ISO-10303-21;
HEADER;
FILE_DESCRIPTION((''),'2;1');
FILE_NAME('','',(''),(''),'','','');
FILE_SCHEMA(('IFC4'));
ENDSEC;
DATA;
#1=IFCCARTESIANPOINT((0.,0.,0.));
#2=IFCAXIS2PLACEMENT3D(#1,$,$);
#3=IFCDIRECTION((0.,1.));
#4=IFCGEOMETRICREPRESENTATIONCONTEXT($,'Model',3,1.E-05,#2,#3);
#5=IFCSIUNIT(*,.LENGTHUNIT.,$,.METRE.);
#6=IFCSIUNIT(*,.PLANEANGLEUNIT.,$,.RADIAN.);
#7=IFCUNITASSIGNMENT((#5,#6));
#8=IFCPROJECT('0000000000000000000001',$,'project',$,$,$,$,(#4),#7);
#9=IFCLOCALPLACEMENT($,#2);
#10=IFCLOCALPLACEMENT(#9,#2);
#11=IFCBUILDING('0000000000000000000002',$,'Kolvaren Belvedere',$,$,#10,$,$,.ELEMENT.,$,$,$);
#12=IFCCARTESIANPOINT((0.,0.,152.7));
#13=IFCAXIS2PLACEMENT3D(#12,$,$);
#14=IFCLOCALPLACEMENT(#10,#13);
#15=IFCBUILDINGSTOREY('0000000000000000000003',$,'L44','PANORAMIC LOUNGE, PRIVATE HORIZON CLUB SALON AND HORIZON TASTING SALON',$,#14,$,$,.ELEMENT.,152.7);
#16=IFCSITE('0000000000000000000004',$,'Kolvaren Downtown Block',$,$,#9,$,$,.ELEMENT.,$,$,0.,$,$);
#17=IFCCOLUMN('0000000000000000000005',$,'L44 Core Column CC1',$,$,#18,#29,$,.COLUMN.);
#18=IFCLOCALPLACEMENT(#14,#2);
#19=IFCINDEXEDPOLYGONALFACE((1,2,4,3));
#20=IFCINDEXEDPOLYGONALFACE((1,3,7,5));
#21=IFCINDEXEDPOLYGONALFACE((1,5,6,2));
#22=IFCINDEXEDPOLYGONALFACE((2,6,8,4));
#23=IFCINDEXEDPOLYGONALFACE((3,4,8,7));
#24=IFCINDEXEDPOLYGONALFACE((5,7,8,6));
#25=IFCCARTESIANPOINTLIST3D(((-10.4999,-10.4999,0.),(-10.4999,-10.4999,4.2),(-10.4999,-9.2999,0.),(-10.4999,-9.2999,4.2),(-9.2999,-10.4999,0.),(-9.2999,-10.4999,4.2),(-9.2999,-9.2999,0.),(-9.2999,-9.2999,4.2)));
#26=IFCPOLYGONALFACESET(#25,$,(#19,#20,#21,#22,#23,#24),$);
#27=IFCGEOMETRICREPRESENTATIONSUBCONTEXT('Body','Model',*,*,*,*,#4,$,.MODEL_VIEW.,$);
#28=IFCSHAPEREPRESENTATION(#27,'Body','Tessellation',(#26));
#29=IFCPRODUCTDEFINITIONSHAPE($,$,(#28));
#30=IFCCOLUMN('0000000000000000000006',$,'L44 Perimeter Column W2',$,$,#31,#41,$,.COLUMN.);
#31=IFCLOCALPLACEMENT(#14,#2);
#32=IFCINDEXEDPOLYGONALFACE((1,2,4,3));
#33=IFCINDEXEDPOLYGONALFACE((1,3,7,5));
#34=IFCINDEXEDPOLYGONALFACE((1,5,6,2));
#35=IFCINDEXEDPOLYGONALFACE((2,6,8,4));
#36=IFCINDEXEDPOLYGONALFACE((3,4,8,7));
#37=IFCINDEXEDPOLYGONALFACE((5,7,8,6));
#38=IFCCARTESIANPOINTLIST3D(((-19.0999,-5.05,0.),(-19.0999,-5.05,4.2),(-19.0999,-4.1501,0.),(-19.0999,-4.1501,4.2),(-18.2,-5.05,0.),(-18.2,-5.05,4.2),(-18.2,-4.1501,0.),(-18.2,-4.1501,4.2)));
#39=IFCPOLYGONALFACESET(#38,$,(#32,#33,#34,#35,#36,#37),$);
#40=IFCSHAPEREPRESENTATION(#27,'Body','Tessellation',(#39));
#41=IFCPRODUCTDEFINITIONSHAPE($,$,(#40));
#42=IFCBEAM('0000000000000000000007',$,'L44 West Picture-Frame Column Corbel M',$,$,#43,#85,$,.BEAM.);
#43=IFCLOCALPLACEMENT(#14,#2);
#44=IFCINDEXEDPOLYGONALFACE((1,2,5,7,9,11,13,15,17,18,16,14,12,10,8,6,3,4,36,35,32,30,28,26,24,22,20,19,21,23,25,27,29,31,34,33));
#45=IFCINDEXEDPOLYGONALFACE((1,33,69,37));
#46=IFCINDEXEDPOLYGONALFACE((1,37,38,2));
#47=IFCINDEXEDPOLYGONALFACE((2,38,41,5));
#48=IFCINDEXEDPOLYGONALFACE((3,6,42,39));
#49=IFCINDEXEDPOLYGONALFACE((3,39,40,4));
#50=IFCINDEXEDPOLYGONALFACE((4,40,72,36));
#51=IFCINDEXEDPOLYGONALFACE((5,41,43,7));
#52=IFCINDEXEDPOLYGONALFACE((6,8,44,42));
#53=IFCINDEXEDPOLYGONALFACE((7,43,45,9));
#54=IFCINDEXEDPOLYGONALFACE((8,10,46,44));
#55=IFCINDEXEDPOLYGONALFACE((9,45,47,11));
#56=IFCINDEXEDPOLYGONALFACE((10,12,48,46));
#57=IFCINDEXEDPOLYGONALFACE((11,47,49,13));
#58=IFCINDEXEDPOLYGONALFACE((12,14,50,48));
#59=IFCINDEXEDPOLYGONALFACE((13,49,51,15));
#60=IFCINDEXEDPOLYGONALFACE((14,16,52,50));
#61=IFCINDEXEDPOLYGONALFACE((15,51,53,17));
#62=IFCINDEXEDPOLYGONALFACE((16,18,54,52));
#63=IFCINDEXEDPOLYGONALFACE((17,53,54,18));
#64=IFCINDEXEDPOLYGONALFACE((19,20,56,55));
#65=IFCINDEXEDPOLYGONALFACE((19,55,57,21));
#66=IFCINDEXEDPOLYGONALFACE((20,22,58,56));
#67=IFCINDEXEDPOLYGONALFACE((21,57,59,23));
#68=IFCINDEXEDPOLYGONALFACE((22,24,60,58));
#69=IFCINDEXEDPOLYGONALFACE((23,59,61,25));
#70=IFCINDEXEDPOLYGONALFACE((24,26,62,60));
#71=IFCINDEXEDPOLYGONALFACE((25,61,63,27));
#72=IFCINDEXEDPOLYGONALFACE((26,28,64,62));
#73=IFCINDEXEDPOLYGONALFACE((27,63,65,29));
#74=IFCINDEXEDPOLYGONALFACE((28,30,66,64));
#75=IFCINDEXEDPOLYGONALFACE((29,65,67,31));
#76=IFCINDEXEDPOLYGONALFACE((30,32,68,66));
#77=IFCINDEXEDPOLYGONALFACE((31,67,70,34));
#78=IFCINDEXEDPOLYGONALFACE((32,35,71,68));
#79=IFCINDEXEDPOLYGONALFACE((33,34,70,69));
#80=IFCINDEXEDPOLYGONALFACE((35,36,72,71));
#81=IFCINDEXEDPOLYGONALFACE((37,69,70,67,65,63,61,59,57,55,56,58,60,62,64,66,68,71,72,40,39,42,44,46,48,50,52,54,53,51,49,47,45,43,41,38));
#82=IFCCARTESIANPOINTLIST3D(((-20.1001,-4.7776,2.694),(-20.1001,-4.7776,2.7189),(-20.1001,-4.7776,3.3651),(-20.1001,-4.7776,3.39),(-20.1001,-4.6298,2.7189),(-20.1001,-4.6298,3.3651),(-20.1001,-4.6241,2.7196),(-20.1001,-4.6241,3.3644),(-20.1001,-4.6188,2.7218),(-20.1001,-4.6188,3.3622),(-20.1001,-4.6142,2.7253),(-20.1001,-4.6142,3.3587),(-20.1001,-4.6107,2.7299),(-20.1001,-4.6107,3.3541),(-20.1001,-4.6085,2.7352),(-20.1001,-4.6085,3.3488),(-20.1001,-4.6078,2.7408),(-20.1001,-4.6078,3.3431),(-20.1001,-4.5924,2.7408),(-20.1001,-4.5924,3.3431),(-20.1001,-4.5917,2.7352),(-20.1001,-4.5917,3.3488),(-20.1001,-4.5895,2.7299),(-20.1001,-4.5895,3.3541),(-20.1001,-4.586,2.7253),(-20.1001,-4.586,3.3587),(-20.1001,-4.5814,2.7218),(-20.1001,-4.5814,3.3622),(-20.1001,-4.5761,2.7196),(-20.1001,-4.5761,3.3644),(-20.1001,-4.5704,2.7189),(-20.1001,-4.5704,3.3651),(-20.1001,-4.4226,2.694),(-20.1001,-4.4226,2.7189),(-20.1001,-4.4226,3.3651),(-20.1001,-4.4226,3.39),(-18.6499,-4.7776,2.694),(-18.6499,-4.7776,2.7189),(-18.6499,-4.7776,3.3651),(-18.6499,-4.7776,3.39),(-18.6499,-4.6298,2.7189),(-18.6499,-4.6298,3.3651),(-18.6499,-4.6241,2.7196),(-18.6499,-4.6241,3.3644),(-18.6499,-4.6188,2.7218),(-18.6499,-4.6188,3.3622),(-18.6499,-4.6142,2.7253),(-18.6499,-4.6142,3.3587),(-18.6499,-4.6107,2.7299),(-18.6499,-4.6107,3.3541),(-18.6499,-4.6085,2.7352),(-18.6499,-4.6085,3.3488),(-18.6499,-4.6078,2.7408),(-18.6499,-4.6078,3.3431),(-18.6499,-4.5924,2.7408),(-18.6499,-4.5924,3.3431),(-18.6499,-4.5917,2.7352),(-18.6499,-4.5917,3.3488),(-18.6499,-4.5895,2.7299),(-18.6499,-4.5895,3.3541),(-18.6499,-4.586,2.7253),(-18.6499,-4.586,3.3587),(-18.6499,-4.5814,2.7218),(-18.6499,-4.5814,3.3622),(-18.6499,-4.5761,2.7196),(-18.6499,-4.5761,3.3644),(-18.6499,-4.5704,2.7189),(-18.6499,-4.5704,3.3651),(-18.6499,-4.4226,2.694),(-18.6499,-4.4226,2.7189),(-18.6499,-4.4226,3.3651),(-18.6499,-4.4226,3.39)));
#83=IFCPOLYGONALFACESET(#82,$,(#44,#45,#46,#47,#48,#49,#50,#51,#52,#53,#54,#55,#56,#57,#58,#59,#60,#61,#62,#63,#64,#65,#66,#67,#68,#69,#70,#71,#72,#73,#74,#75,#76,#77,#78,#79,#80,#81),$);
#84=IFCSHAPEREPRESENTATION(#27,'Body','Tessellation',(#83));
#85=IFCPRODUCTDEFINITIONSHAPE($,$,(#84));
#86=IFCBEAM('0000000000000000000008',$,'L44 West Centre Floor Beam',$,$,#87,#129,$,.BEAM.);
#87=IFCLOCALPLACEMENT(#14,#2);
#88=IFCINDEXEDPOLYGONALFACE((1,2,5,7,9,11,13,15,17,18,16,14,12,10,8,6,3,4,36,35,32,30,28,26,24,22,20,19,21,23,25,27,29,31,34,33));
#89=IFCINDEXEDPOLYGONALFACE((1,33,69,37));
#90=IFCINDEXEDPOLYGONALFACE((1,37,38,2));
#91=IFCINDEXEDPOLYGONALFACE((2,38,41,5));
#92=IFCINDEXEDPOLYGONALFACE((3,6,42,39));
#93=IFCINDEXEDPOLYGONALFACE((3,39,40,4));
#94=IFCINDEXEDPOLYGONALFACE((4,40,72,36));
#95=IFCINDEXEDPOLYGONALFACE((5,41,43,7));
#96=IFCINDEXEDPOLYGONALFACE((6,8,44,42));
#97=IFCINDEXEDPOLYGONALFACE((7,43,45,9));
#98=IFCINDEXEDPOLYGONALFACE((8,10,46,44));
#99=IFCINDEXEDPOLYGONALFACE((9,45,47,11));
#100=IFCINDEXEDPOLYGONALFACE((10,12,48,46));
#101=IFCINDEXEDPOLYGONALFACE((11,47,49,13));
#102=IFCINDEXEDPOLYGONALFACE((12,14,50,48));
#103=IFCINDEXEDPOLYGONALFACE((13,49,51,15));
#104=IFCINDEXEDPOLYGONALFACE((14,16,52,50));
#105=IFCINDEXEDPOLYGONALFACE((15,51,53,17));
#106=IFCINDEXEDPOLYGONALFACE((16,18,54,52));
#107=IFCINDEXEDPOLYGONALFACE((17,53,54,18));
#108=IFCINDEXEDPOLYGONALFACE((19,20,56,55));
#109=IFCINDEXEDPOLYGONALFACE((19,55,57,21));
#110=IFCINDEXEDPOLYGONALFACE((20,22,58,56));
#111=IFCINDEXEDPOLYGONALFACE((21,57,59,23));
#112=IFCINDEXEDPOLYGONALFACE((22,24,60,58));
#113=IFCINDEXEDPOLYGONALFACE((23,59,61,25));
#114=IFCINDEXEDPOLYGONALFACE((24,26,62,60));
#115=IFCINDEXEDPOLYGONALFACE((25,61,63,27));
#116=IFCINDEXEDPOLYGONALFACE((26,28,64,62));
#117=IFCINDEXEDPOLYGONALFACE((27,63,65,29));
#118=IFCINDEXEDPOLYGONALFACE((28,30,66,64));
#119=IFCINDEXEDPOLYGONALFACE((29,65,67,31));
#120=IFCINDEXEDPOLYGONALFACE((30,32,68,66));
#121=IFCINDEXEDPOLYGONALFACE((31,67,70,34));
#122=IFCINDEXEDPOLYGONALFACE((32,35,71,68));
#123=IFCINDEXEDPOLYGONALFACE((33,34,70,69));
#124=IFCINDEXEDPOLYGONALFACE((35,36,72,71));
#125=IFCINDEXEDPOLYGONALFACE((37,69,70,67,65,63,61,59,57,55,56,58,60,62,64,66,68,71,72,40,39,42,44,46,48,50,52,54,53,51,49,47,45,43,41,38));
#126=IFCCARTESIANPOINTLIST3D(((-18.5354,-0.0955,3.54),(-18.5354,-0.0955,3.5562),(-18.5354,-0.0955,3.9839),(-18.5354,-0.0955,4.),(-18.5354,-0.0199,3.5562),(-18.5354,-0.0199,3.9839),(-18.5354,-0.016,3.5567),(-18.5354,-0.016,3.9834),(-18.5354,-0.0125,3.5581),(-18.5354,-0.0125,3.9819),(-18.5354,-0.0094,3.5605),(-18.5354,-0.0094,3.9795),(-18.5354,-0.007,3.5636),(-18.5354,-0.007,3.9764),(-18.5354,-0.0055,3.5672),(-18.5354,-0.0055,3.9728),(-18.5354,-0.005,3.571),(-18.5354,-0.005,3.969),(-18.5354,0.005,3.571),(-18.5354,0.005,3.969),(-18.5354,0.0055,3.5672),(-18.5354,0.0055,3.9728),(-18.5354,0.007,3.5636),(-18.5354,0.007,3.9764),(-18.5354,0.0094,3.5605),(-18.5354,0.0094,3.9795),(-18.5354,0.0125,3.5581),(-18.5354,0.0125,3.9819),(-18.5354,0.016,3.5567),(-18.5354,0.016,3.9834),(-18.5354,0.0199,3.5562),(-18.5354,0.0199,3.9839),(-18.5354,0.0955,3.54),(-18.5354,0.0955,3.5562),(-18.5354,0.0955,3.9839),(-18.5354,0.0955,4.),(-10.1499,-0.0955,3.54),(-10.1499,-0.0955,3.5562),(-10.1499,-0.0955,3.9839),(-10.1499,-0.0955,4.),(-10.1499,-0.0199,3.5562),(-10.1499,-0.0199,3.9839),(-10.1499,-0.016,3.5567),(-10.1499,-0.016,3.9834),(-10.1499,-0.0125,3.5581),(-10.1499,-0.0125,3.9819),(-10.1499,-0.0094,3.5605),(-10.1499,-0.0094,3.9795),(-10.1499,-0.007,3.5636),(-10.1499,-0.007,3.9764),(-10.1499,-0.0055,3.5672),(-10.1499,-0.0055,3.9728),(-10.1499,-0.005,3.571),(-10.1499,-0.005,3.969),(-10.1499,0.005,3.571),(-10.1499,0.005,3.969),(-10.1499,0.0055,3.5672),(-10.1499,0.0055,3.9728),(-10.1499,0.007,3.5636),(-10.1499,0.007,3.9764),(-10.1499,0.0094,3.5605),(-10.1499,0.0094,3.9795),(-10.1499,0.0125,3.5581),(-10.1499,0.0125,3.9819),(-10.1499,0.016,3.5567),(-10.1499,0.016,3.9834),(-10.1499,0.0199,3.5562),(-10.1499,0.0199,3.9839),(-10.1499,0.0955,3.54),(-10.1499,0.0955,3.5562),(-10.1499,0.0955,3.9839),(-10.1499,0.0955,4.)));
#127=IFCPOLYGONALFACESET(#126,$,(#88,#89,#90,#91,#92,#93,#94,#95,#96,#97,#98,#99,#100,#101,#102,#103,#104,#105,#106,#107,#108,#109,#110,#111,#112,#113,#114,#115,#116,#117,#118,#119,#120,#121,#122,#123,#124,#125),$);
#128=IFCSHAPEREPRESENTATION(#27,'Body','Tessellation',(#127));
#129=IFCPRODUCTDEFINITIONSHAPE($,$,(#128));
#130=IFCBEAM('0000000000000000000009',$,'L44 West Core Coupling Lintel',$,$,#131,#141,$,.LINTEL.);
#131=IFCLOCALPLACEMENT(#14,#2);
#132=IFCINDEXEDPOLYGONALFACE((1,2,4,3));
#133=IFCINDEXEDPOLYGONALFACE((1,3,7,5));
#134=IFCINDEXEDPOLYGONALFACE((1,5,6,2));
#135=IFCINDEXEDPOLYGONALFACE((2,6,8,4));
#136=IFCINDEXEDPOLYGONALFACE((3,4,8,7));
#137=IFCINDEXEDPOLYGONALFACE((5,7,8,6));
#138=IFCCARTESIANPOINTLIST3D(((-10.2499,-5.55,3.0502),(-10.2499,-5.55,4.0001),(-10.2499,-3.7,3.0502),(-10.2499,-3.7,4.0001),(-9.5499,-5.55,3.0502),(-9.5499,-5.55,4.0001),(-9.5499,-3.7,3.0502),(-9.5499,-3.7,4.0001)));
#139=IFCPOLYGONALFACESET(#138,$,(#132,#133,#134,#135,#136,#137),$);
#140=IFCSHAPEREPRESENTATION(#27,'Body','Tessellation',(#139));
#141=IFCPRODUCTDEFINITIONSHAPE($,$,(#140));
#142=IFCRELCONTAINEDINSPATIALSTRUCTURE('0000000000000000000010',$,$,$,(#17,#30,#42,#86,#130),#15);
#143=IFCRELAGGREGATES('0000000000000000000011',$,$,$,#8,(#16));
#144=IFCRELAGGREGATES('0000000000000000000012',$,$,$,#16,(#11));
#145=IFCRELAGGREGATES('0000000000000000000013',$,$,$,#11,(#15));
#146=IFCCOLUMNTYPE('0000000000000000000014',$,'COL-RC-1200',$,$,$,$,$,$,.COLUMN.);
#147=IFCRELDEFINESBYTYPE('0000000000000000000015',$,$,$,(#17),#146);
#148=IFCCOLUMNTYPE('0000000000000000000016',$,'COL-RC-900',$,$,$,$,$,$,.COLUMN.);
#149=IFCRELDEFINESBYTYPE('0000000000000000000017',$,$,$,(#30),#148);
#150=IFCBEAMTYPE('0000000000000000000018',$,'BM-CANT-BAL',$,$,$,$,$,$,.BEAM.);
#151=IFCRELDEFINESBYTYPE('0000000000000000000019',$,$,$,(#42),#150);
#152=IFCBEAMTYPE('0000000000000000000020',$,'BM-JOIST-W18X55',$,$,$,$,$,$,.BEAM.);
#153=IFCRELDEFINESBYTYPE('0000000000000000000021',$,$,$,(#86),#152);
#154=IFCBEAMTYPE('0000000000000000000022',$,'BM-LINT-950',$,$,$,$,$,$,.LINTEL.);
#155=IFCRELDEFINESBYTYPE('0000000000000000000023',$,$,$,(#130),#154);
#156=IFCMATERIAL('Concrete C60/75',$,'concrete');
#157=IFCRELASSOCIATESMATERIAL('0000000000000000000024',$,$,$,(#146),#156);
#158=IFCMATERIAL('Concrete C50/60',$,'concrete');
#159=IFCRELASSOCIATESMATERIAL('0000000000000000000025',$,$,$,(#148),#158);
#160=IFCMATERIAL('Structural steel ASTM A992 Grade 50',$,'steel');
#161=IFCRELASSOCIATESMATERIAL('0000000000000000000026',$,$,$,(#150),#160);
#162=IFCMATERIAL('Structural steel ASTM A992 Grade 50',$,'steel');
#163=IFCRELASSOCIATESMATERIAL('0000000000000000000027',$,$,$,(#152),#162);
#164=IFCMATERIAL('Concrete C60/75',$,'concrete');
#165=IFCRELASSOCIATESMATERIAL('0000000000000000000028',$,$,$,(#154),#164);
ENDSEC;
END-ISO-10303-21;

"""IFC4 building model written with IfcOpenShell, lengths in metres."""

from ifc_helpers import new_model, si_unit, direction, frame, origin, origin_2d, place, context, subcontext, project, spatial, rectangle, i_section, extrude, material, material_profile, profile_set, type_object, element, save


model = new_model("IFC4")

# Units and contexts
model_context = context("Model", 3, precision=1e-05, world=origin(), true_north=direction((0.0, 1.0)))
body_context = subcontext(model_context, "Body", "Model", "MODEL_VIEW")
ifc_project = project(units=[si_unit("LENGTHUNIT", "METRE"), si_unit("PLANEANGLEUNIT", "RADIAN")], contexts=[model_context])

# Site, building, storey
site_placement = place(None, origin())
site = spatial("IfcSite", under=ifc_project, at=site_placement, Name="Kolvaren Downtown Block", CompositionType="ELEMENT", RefElevation=0.0)
building_placement = place(site_placement, origin())
building = spatial("IfcBuilding", under=site, at=building_placement, Name="Kolvaren Belvedere", CompositionType="ELEMENT")
storey_placement = place(building_placement, frame((0.0, 0.0, 152.7)))
storey = spatial("IfcBuildingStorey", under=building, at=storey_placement, Name="L44", Description="PANORAMIC LOUNGE, PRIVATE HORIZON CLUB SALON AND HORIZON TASTING SALON", CompositionType="ELEMENT", Elevation=152.7)

# Columns
ifc_material_1 = material(Name="Concrete C60/75", Category="concrete")
ifc_material_profile_1 = material_profile(ifc_material_1, rectangle(XDim=1.2, YDim=1.2, at=origin_2d()), Name="RC 1200X1200")
ifc_profile_set_1 = profile_set([ifc_material_profile_1], Name="Concrete C60/75")
column_type_1 = type_object("IfcColumnType", Name="COL-RC-1200", PredefinedType="COLUMN", material=ifc_profile_set_1)
column_1_placement = place(storey_placement, frame((-9.8999, -9.8999, 0.0), z_axis=(0.0, 0.0, 1.0), x_axis=(1.0, 0.0, 0.0)))
element("IfcColumn", 1, at=column_1_placement, inside=storey, type_object=column_type_1, Name="L44 Core Column CC1", PredefinedType="COLUMN", context=body_context, shape_type="SweptSolid", body=[
    extrude(rectangle(XDim=1.2, YDim=1.2, at=origin_2d()), origin(), (0.0, 0.0, 1.0), 4.2),
])
ifc_material_2 = material(Name="Concrete C50/60", Category="concrete")
ifc_material_profile_2 = material_profile(ifc_material_2, rectangle(XDim=0.8999, YDim=0.8999, at=origin_2d()), Name="RC 900X900")
ifc_profile_set_2 = profile_set([ifc_material_profile_2], Name="Concrete C50/60")
column_type_2 = type_object("IfcColumnType", Name="COL-RC-900", PredefinedType="COLUMN", material=ifc_profile_set_2)
column_2_placement = place(storey_placement, frame((-18.6499, -4.6001, 0.0), z_axis=(0.0, 0.0, 1.0), x_axis=(1.0, 0.0, 0.0)))
element("IfcColumn", 2, at=column_2_placement, inside=storey, type_object=column_type_2, Name="L44 Perimeter Column W2", PredefinedType="COLUMN", context=body_context, shape_type="SweptSolid", body=[
    extrude(rectangle(XDim=0.8999, YDim=0.8999, at=origin_2d()), origin(), (0.0, 0.0, 1.0), 4.2),
])

# Beams
ifc_material_3 = material(Name="Structural steel ASTM A992 Grade 50", Category="steel")
ifc_material_profile_3 = material_profile(ifc_material_3, i_section(OverallWidth=0.355, OverallDepth=0.696, WebThickness=0.0154, FlangeThickness=0.0249, FilletRadius=0.022, at=origin_2d()), Name="W27X146")
ifc_profile_set_3 = profile_set([ifc_material_profile_3], Name="Structural steel ASTM A992 Grade 50")
beam_type_1 = type_object("IfcBeamType", Name="BM-CANT-BAL", PredefinedType="BEAM", material=ifc_profile_set_3)
beam_1_placement = place(storey_placement, frame((-18.6499, -4.6001, 3.042), z_axis=(-1.0, 0.0, 0.0), x_axis=(0.0, -1.0, 0.0)))
element("IfcBeam", 3, at=beam_1_placement, inside=storey, type_object=beam_type_1, Name="L44 West Picture-Frame Column Corbel M", PredefinedType="BEAM", context=body_context, shape_type="SweptSolid", body=[
    extrude(i_section(OverallWidth=0.355, OverallDepth=0.696, WebThickness=0.0154, FlangeThickness=0.0249, FilletRadius=0.022, at=origin_2d()), origin(), (0.0, 0.0, 1.0), 1.4502),
])
ifc_material_4 = material(Name="Structural steel ASTM A992 Grade 50", Category="steel")
ifc_material_profile_4 = material_profile(ifc_material_4, i_section(OverallWidth=0.1909, OverallDepth=0.46, WebThickness=0.01, FlangeThickness=0.0161, FilletRadius=0.0149, at=origin_2d()), Name="W18X55")
ifc_profile_set_4 = profile_set([ifc_material_profile_4], Name="Structural steel ASTM A992 Grade 50")
beam_type_2 = type_object("IfcBeamType", Name="BM-JOIST-W18X55", PredefinedType="BEAM", material=ifc_profile_set_4)
beam_2_placement = place(storey_placement, frame((-10.1499, 0.0, 3.77), z_axis=(-1.0, 0.0, 0.0), x_axis=(0.0, -1.0, 0.0)))
element("IfcBeam", 4, at=beam_2_placement, inside=storey, type_object=beam_type_2, Name="L44 West Centre Floor Beam", PredefinedType="BEAM", context=body_context, shape_type="SweptSolid", body=[
    extrude(i_section(OverallWidth=0.1909, OverallDepth=0.46, WebThickness=0.01, FlangeThickness=0.0161, FilletRadius=0.0149, at=origin_2d()), origin(), (0.0, 0.0, 1.0), 8.3855),
])
ifc_material_5 = material(Name="Concrete C60/75", Category="concrete")
ifc_material_profile_5 = material_profile(ifc_material_5, rectangle(XDim=0.7, YDim=0.95, at=origin_2d()), Name="RC 700X950")
ifc_profile_set_5 = profile_set([ifc_material_profile_5], Name="Concrete C60/75")
beam_type_3 = type_object("IfcBeamType", Name="BM-LINT-950", PredefinedType="LINTEL", material=ifc_profile_set_5)
beam_3_placement = place(storey_placement, frame((-9.8999, -5.55, 3.5251), z_axis=(0.0, 1.0, 0.0), x_axis=(-1.0, 0.0, 0.0)))
element("IfcBeam", 5, at=beam_3_placement, inside=storey, type_object=beam_type_3, Name="L44 West Core Coupling Lintel", PredefinedType="LINTEL", context=body_context, shape_type="SweptSolid", body=[
    extrude(rectangle(XDim=0.7, YDim=0.95, at=origin_2d()), origin(), (0.0, 0.0, 1.0), 1.8501),
])

save(model, "model.ifc")
